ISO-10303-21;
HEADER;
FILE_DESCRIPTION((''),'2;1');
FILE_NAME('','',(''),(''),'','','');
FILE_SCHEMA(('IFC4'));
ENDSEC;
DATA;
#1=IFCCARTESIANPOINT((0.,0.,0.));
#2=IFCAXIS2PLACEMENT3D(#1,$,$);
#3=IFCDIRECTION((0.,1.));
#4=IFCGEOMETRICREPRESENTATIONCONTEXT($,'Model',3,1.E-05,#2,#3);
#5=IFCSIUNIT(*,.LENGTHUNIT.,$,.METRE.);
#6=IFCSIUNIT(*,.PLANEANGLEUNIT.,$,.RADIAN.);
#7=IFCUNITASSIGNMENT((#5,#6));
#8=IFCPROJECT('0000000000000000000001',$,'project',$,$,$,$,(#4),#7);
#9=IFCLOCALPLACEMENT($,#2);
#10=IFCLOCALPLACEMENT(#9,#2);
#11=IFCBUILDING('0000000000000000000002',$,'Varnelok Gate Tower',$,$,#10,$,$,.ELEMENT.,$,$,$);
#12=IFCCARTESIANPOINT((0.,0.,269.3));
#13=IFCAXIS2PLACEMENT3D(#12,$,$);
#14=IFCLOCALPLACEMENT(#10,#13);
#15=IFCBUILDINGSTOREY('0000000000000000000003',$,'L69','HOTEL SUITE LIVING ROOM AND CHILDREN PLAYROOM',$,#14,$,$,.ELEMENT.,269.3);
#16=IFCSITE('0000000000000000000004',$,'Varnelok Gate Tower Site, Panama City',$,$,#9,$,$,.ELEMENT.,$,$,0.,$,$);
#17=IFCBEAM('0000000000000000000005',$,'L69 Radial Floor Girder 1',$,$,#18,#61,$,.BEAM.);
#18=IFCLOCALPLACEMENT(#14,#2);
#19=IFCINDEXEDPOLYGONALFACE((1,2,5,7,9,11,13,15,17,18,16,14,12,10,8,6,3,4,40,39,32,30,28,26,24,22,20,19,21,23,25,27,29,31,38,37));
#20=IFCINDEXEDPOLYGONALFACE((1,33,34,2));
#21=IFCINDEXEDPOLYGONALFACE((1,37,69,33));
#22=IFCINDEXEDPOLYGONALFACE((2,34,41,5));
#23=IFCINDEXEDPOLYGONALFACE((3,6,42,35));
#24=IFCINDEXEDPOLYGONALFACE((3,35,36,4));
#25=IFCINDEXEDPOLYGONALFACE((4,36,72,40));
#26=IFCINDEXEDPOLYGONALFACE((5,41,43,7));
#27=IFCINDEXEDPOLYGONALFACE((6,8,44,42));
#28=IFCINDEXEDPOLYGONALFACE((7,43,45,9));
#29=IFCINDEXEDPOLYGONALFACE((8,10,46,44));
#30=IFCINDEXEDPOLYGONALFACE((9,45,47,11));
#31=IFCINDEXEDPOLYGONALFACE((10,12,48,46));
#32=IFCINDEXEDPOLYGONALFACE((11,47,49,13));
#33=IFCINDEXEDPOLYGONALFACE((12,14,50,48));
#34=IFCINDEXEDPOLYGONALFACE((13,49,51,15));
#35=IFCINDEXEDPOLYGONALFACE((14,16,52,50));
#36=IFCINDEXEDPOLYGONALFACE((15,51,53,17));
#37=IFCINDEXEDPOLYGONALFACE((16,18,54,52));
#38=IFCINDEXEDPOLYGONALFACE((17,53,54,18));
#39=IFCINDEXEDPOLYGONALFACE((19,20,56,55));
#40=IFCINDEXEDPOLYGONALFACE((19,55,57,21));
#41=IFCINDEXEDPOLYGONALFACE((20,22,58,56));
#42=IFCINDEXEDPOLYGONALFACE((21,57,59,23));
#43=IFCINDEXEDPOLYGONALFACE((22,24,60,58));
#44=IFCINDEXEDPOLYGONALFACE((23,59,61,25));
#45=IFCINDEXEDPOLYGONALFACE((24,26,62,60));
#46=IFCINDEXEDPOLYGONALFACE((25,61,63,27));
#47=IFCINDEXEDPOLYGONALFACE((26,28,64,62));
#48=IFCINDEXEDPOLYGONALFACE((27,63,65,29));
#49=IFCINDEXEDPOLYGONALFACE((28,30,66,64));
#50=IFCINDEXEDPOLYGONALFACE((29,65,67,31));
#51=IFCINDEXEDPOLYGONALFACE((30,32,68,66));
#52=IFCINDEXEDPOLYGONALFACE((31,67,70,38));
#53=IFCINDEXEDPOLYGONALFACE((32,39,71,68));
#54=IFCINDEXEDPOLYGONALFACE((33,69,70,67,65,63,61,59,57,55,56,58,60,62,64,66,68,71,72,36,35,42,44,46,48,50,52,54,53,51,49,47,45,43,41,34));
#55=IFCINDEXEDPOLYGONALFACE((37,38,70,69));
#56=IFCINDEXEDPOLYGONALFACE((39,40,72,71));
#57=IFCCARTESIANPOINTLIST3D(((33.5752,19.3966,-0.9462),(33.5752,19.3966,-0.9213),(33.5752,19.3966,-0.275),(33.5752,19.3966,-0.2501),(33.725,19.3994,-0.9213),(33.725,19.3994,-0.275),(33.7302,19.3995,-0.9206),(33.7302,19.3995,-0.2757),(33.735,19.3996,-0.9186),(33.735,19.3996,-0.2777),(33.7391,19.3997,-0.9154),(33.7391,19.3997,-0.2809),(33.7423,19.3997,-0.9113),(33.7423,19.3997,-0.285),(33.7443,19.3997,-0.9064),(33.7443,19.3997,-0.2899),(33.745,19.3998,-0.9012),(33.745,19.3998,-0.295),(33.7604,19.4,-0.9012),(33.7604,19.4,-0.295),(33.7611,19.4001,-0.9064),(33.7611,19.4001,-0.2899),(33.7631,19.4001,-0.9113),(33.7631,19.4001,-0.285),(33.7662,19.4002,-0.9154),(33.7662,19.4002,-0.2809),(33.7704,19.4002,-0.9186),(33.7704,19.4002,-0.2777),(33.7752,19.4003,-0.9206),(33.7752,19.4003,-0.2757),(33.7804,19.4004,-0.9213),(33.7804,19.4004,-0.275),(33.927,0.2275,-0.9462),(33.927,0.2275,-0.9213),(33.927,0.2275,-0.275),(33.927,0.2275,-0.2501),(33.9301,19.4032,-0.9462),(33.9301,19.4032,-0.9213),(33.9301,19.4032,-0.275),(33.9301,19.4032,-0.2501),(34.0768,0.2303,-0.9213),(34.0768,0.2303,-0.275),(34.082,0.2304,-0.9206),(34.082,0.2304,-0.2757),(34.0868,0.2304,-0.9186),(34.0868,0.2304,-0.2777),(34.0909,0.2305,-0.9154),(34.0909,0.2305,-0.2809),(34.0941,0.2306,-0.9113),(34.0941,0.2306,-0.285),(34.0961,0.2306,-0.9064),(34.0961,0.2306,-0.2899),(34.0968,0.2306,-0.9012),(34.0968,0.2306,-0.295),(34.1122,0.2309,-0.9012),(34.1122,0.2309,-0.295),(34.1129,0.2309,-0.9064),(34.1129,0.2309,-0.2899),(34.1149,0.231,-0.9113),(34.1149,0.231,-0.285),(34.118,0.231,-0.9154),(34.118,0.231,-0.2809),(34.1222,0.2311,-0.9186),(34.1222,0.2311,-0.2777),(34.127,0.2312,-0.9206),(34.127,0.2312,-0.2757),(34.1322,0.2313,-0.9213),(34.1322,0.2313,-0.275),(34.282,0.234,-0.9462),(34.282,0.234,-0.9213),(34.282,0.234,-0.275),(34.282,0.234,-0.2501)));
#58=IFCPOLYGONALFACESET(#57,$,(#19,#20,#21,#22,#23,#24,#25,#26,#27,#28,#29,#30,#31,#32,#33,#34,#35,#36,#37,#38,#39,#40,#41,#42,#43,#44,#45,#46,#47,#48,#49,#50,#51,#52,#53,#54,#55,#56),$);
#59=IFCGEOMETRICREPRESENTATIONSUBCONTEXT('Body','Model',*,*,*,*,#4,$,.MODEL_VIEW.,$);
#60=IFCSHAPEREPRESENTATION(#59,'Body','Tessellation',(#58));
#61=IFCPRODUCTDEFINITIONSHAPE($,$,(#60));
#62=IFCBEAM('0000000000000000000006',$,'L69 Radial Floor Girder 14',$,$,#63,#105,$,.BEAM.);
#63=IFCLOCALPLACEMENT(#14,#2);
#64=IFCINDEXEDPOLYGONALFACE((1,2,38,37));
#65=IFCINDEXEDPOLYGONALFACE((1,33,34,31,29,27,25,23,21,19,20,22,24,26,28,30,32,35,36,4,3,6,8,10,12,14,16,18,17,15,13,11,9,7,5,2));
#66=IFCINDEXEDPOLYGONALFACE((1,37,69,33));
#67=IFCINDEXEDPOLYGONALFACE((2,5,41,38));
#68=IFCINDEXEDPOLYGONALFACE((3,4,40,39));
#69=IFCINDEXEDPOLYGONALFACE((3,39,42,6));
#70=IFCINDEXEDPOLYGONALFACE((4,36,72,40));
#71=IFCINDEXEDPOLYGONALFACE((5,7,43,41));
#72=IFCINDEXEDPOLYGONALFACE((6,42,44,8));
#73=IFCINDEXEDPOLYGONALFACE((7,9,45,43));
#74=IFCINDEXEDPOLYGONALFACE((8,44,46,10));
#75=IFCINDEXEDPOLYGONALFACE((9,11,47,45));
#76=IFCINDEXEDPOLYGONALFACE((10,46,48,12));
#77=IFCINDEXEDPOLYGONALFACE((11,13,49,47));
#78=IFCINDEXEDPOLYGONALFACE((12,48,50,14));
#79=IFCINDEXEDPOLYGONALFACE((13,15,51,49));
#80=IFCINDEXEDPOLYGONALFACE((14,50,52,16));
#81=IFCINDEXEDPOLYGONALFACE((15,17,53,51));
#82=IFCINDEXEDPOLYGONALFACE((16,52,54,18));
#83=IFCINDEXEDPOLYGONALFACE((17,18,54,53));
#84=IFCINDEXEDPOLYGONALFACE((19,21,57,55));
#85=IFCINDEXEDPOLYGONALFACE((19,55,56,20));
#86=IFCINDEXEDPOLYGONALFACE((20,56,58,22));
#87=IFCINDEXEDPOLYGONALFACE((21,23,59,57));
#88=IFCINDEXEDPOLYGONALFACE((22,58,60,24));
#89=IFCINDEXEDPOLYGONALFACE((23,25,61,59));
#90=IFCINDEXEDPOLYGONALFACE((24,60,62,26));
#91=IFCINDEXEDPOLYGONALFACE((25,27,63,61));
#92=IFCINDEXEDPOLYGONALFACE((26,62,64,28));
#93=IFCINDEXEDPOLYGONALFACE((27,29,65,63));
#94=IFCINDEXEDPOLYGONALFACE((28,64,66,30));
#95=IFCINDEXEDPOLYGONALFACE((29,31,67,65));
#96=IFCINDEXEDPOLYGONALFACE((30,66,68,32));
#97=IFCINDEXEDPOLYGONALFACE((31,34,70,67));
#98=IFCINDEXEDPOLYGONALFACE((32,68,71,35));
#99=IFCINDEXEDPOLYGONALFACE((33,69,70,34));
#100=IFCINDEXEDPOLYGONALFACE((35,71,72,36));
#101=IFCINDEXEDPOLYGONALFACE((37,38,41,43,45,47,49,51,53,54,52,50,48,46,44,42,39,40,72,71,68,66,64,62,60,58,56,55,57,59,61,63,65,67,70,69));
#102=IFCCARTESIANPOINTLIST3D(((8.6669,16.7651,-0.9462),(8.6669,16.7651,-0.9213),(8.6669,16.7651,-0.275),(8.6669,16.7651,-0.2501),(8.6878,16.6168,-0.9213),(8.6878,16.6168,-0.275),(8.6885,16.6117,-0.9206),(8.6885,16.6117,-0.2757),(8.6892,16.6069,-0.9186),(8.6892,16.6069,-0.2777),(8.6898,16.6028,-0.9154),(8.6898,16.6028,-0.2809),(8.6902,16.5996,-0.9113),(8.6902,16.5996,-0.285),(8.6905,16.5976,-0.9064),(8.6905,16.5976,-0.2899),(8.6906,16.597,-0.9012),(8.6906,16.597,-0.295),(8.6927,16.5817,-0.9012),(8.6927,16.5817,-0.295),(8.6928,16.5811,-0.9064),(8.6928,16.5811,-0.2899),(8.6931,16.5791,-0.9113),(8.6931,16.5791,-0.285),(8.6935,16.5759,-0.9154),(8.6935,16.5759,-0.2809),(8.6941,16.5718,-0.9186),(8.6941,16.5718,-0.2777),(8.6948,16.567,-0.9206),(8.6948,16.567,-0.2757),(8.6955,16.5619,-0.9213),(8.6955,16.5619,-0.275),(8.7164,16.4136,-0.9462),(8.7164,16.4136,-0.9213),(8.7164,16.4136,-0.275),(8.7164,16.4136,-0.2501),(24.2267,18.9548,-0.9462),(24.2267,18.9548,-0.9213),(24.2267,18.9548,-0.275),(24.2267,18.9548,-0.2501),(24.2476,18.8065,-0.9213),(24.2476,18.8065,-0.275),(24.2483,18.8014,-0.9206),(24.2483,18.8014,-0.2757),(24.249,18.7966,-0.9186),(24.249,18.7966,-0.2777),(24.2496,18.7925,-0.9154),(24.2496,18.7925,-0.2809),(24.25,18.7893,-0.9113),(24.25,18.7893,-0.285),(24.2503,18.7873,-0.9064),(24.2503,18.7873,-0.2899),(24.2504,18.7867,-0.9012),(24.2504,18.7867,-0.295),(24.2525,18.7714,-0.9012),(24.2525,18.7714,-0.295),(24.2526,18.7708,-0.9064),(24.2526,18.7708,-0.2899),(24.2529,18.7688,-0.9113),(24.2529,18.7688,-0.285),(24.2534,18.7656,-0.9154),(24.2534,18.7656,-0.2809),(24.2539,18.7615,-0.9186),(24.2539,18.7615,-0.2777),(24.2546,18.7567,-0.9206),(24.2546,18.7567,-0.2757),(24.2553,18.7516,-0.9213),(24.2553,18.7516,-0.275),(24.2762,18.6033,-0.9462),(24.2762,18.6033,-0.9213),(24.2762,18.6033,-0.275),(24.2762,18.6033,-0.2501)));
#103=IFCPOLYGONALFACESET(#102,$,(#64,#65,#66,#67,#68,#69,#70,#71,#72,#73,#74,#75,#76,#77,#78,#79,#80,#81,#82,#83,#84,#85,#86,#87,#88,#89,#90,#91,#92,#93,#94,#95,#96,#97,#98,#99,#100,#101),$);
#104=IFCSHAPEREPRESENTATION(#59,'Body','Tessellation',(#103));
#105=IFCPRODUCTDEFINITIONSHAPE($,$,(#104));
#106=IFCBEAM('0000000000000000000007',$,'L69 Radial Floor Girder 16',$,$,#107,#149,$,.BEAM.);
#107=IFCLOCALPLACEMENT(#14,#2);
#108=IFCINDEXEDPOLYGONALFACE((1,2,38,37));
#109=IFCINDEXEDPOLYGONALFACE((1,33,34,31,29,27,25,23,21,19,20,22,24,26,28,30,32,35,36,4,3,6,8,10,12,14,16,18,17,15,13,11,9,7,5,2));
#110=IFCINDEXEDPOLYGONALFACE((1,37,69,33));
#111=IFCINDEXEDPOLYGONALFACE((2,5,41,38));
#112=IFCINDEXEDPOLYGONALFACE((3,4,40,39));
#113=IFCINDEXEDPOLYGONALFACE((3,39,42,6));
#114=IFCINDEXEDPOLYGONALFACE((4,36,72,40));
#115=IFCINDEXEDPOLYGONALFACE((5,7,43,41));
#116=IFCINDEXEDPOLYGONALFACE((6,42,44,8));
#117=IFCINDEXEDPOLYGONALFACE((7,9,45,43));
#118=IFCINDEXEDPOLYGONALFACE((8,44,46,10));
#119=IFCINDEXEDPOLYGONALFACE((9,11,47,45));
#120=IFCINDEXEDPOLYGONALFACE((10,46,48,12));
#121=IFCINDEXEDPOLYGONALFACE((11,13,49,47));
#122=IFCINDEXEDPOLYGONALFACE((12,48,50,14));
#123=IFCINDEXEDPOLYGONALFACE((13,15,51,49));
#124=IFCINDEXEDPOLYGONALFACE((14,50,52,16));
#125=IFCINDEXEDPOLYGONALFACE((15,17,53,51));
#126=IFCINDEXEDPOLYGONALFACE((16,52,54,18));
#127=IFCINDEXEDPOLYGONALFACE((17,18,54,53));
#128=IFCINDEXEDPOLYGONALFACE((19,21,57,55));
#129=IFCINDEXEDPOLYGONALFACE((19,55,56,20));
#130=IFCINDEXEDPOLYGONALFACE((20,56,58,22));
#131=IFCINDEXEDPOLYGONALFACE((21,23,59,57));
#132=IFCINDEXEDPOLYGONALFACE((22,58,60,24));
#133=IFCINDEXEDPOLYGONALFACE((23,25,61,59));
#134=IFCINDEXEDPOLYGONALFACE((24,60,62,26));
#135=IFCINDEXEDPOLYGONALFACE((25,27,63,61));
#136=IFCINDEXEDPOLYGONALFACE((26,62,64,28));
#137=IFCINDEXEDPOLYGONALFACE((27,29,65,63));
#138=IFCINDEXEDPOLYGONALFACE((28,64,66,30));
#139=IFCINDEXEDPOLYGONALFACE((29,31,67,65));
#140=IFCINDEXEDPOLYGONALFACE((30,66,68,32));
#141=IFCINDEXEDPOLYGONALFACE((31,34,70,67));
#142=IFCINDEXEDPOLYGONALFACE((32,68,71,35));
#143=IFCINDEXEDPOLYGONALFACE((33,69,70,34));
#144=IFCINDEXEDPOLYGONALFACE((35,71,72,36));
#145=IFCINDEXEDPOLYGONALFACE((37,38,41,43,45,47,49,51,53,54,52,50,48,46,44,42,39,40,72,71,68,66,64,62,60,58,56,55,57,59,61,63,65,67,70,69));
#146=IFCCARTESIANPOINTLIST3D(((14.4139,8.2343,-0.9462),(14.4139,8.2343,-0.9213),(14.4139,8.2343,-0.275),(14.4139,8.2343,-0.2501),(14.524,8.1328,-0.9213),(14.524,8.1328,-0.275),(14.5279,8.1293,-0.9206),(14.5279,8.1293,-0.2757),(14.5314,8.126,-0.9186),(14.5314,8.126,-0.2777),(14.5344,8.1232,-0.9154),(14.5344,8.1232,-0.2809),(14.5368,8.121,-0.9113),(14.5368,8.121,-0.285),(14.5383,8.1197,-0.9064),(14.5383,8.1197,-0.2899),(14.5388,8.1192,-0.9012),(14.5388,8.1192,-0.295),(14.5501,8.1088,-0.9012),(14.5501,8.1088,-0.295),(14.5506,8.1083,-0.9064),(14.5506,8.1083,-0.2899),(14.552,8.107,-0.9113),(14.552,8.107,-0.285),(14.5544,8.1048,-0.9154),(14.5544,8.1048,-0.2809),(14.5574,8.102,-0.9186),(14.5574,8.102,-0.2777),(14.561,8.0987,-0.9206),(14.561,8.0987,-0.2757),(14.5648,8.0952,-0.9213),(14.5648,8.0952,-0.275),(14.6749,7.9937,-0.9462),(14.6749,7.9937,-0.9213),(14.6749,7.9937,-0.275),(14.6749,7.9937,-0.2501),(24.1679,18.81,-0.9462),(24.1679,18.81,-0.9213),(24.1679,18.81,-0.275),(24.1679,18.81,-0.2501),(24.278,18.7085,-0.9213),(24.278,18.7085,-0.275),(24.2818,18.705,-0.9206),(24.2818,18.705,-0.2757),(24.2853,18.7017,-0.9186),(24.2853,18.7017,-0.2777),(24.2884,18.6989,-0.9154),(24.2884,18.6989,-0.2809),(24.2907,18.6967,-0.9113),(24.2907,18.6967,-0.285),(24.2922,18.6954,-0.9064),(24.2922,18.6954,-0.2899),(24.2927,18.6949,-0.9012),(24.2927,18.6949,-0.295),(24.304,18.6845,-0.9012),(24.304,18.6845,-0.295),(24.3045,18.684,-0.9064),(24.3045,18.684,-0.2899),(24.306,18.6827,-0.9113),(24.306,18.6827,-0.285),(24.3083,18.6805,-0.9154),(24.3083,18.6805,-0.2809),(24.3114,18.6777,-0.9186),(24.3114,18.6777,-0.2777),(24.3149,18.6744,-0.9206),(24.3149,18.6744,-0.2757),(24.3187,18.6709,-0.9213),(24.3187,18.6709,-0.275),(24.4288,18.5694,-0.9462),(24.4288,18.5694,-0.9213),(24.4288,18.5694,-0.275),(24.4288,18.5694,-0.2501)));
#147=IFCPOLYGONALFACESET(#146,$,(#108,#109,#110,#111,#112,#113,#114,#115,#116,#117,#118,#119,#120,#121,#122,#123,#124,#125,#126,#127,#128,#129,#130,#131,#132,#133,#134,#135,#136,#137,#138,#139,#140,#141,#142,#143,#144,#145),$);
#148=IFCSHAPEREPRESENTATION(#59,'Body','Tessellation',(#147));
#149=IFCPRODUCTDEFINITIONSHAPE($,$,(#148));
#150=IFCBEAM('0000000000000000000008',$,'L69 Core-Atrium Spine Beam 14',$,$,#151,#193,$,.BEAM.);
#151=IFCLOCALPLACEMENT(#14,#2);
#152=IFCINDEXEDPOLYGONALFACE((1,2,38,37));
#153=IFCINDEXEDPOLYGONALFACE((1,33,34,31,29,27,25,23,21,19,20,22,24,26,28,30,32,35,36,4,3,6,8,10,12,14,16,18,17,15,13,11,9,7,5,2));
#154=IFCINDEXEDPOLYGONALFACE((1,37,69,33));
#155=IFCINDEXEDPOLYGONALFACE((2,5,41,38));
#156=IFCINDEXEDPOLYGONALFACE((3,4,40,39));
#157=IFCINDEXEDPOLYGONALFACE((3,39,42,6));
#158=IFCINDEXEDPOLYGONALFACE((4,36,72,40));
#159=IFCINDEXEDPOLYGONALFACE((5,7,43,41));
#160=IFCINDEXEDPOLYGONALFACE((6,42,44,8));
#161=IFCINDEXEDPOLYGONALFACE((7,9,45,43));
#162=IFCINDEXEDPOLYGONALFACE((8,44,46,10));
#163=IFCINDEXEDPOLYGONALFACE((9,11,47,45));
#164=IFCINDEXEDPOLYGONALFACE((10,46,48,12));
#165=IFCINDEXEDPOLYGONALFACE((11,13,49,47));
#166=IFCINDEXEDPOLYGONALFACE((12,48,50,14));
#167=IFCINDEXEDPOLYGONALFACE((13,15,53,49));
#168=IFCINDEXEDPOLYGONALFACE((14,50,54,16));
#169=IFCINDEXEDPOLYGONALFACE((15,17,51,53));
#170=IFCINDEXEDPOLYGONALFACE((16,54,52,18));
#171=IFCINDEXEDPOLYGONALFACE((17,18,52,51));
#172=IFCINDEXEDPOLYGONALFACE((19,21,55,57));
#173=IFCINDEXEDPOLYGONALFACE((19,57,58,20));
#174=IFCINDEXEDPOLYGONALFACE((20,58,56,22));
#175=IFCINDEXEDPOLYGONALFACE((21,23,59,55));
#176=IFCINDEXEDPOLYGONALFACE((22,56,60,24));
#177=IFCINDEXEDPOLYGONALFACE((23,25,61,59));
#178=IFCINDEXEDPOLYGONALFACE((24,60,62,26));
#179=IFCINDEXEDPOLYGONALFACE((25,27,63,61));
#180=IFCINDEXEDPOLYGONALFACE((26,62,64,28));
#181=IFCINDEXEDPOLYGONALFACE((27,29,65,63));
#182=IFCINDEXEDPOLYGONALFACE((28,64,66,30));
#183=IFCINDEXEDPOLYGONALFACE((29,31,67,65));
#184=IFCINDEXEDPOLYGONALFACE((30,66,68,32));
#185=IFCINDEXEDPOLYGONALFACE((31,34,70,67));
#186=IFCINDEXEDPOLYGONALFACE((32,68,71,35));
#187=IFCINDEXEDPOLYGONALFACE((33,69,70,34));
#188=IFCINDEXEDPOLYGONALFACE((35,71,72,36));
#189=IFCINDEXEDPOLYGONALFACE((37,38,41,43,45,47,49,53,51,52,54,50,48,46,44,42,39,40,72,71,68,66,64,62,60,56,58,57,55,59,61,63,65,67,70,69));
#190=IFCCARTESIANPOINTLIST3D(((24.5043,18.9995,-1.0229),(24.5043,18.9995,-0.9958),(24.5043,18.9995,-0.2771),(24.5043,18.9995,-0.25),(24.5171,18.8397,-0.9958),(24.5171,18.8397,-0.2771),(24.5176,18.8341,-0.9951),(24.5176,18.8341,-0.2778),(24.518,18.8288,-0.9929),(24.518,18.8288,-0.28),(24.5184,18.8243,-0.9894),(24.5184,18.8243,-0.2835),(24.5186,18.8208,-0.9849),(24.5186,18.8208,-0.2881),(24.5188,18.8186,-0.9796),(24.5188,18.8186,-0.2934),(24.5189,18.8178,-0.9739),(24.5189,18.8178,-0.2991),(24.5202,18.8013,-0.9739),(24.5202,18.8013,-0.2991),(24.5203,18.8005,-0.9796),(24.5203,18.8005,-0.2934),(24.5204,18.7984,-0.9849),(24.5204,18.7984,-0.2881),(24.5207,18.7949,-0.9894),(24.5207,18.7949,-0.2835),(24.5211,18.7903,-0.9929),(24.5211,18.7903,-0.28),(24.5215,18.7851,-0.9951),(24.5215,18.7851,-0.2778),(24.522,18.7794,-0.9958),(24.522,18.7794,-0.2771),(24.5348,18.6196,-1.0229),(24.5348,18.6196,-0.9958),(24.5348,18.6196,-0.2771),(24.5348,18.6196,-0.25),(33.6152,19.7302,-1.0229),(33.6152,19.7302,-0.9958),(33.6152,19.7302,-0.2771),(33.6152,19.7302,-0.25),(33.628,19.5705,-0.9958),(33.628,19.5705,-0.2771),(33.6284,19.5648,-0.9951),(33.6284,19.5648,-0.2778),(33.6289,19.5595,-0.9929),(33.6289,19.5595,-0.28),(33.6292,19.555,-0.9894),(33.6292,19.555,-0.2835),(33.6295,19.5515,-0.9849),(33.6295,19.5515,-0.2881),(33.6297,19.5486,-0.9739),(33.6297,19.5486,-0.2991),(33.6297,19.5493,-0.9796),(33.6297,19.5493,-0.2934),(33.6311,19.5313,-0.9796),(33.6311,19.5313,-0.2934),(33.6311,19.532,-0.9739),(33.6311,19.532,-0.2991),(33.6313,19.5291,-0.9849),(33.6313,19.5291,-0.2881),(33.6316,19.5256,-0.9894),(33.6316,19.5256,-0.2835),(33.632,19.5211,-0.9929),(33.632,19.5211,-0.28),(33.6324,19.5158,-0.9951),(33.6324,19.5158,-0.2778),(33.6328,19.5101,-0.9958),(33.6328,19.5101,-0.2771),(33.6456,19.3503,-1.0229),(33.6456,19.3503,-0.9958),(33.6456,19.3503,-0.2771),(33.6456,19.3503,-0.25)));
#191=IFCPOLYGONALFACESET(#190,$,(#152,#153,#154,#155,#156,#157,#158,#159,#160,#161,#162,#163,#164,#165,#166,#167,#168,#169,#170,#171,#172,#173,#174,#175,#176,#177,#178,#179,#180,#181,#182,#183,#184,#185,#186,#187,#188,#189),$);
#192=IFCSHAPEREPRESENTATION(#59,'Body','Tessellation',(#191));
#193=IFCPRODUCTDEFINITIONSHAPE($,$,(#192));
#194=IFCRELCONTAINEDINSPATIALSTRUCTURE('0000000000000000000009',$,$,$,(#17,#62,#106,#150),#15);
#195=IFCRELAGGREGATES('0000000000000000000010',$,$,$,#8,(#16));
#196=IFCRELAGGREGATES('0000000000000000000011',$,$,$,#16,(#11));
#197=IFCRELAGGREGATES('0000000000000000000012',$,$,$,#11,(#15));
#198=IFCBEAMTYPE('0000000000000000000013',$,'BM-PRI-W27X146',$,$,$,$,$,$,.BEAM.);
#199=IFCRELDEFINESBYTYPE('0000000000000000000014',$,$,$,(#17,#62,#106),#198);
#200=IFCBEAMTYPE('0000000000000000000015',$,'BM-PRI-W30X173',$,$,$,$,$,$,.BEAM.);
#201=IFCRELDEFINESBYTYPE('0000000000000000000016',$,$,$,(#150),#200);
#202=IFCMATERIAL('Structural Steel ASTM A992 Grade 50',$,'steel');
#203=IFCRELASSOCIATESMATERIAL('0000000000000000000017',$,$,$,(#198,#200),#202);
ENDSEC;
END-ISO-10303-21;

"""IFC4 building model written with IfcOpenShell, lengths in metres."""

from ifc_helpers import new_model, si_unit, direction, frame, origin, origin_2d, place, context, subcontext, project, spatial, i_section, extrude, material, material_profile, profile_set, type_object, element, save


model = new_model("IFC4")

# Units and contexts
model_context = context("Model", 3, precision=1e-05, world=origin(), true_north=direction((0.0, 1.0)))
body_context = subcontext(model_context, "Body", "Model", "MODEL_VIEW")
ifc_project = project(units=[si_unit("LENGTHUNIT", "METRE"), si_unit("PLANEANGLEUNIT", "RADIAN")], contexts=[model_context])

# Site, building, storey
site_placement = place(None, origin())
site = spatial("IfcSite", under=ifc_project, at=site_placement, Name="Varnelok Gate Tower Site, Panama City", CompositionType="ELEMENT", RefElevation=0.0)
building_placement = place(site_placement, origin())
building = spatial("IfcBuilding", under=site, at=building_placement, Name="Varnelok Gate Tower", CompositionType="ELEMENT")
storey_placement = place(building_placement, frame((0.0, 0.0, 269.3)))
storey = spatial("IfcBuildingStorey", under=building, at=storey_placement, Name="L69", Description="HOTEL SUITE LIVING ROOM AND CHILDREN PLAYROOM", CompositionType="ELEMENT", Elevation=269.3)

# Shared definitions
ifc_material_1 = material(Name="Structural Steel ASTM A992 Grade 50", Category="steel")

# Beams
ifc_material_profile_1 = material_profile(ifc_material_1, i_section(OverallWidth=0.355, OverallDepth=0.696, WebThickness=0.0154, FlangeThickness=0.0249, FilletRadius=0.02, at=origin_2d()), Name="W27X146")
ifc_profile_set_1 = profile_set([ifc_material_profile_1], Name="Structural Steel ASTM A992 Grade 50")
beam_type_1 = type_object("IfcBeamType", Name="BM-PRI-W27X146", PredefinedType="BEAM", material=ifc_profile_set_1)
beam_1_placement = place(storey_placement, frame((33.7527, 19.3999, -0.5981), z_axis=(0.01835, -0.999832, 0.0), x_axis=(0.999832, 0.01835, 0.0)))
element("IfcBeam", 1, at=beam_1_placement, inside=storey, type_object=beam_type_1, Name="L69 Radial Floor Girder 1", PredefinedType="BEAM", context=body_context, shape_type="SweptSolid", body=[
    extrude(i_section(OverallWidth=0.355, OverallDepth=0.696, WebThickness=0.0154, FlangeThickness=0.0249, FilletRadius=0.02, at=origin_2d()), origin(), (0.0, 0.0, 1.0), 19.1724),
])
beam_2_placement = place(storey_placement, frame((24.2515, 18.7791, -0.5981), z_axis=(-0.990243, -0.139355, 0.0), x_axis=(0.139355, -0.990243, 0.0)))
element("IfcBeam", 2, at=beam_2_placement, inside=storey, type_object=beam_type_1, Name="L69 Radial Floor Girder 14", PredefinedType="BEAM", context=body_context, shape_type="SweptSolid", body=[
    extrude(i_section(OverallWidth=0.355, OverallDepth=0.696, WebThickness=0.0154, FlangeThickness=0.0249, FilletRadius=0.02, at=origin_2d()), origin(), (0.0, 0.0, 1.0), 15.7131),
])
beam_3_placement = place(storey_placement, frame((24.2983, 18.6897, -0.5981), z_axis=(-0.67797, -0.73509, 0.0), x_axis=(0.73509, -0.67797, 0.0)))
element("IfcBeam", 3, at=beam_3_placement, inside=storey, type_object=beam_type_1, Name="L69 Radial Floor Girder 16", PredefinedType="BEAM", context=body_context, shape_type="SweptSolid", body=[
    extrude(i_section(OverallWidth=0.355, OverallDepth=0.696, WebThickness=0.0154, FlangeThickness=0.0249, FilletRadius=0.02, at=origin_2d()), origin(), (0.0, 0.0, 1.0), 14.387),
])
ifc_material_profile_2 = material_profile(ifc_material_1, i_section(OverallWidth=0.3811, OverallDepth=0.7729, WebThickness=0.0166, FlangeThickness=0.0271, FilletRadius=0.022, at=origin_2d()), Name="W30X173")
ifc_profile_set_2 = profile_set([ifc_material_profile_2], Name="Structural Steel ASTM A992 Grade 50")
beam_type_2 = type_object("IfcBeamType", Name="BM-PRI-W30X173", PredefinedType="BEAM", material=ifc_profile_set_2)
beam_4_placement = place(storey_placement, frame((24.5195, 18.8096, -0.6365), z_axis=(0.996799, 0.079946, 0.0), x_axis=(-0.079946, 0.996799, 0.0)))
element("IfcBeam", 4, at=beam_4_placement, inside=storey, type_object=beam_type_2, Name="L69 Core-Atrium Spine Beam 14", PredefinedType="BEAM", context=body_context, shape_type="SweptSolid", body=[
    extrude(i_section(OverallWidth=0.3811, OverallDepth=0.7729, WebThickness=0.0166, FlangeThickness=0.0271, FilletRadius=0.022, at=origin_2d()), origin(), (0.0, 0.0, 1.0), 9.1401),
])

save(model, "model.ifc")
